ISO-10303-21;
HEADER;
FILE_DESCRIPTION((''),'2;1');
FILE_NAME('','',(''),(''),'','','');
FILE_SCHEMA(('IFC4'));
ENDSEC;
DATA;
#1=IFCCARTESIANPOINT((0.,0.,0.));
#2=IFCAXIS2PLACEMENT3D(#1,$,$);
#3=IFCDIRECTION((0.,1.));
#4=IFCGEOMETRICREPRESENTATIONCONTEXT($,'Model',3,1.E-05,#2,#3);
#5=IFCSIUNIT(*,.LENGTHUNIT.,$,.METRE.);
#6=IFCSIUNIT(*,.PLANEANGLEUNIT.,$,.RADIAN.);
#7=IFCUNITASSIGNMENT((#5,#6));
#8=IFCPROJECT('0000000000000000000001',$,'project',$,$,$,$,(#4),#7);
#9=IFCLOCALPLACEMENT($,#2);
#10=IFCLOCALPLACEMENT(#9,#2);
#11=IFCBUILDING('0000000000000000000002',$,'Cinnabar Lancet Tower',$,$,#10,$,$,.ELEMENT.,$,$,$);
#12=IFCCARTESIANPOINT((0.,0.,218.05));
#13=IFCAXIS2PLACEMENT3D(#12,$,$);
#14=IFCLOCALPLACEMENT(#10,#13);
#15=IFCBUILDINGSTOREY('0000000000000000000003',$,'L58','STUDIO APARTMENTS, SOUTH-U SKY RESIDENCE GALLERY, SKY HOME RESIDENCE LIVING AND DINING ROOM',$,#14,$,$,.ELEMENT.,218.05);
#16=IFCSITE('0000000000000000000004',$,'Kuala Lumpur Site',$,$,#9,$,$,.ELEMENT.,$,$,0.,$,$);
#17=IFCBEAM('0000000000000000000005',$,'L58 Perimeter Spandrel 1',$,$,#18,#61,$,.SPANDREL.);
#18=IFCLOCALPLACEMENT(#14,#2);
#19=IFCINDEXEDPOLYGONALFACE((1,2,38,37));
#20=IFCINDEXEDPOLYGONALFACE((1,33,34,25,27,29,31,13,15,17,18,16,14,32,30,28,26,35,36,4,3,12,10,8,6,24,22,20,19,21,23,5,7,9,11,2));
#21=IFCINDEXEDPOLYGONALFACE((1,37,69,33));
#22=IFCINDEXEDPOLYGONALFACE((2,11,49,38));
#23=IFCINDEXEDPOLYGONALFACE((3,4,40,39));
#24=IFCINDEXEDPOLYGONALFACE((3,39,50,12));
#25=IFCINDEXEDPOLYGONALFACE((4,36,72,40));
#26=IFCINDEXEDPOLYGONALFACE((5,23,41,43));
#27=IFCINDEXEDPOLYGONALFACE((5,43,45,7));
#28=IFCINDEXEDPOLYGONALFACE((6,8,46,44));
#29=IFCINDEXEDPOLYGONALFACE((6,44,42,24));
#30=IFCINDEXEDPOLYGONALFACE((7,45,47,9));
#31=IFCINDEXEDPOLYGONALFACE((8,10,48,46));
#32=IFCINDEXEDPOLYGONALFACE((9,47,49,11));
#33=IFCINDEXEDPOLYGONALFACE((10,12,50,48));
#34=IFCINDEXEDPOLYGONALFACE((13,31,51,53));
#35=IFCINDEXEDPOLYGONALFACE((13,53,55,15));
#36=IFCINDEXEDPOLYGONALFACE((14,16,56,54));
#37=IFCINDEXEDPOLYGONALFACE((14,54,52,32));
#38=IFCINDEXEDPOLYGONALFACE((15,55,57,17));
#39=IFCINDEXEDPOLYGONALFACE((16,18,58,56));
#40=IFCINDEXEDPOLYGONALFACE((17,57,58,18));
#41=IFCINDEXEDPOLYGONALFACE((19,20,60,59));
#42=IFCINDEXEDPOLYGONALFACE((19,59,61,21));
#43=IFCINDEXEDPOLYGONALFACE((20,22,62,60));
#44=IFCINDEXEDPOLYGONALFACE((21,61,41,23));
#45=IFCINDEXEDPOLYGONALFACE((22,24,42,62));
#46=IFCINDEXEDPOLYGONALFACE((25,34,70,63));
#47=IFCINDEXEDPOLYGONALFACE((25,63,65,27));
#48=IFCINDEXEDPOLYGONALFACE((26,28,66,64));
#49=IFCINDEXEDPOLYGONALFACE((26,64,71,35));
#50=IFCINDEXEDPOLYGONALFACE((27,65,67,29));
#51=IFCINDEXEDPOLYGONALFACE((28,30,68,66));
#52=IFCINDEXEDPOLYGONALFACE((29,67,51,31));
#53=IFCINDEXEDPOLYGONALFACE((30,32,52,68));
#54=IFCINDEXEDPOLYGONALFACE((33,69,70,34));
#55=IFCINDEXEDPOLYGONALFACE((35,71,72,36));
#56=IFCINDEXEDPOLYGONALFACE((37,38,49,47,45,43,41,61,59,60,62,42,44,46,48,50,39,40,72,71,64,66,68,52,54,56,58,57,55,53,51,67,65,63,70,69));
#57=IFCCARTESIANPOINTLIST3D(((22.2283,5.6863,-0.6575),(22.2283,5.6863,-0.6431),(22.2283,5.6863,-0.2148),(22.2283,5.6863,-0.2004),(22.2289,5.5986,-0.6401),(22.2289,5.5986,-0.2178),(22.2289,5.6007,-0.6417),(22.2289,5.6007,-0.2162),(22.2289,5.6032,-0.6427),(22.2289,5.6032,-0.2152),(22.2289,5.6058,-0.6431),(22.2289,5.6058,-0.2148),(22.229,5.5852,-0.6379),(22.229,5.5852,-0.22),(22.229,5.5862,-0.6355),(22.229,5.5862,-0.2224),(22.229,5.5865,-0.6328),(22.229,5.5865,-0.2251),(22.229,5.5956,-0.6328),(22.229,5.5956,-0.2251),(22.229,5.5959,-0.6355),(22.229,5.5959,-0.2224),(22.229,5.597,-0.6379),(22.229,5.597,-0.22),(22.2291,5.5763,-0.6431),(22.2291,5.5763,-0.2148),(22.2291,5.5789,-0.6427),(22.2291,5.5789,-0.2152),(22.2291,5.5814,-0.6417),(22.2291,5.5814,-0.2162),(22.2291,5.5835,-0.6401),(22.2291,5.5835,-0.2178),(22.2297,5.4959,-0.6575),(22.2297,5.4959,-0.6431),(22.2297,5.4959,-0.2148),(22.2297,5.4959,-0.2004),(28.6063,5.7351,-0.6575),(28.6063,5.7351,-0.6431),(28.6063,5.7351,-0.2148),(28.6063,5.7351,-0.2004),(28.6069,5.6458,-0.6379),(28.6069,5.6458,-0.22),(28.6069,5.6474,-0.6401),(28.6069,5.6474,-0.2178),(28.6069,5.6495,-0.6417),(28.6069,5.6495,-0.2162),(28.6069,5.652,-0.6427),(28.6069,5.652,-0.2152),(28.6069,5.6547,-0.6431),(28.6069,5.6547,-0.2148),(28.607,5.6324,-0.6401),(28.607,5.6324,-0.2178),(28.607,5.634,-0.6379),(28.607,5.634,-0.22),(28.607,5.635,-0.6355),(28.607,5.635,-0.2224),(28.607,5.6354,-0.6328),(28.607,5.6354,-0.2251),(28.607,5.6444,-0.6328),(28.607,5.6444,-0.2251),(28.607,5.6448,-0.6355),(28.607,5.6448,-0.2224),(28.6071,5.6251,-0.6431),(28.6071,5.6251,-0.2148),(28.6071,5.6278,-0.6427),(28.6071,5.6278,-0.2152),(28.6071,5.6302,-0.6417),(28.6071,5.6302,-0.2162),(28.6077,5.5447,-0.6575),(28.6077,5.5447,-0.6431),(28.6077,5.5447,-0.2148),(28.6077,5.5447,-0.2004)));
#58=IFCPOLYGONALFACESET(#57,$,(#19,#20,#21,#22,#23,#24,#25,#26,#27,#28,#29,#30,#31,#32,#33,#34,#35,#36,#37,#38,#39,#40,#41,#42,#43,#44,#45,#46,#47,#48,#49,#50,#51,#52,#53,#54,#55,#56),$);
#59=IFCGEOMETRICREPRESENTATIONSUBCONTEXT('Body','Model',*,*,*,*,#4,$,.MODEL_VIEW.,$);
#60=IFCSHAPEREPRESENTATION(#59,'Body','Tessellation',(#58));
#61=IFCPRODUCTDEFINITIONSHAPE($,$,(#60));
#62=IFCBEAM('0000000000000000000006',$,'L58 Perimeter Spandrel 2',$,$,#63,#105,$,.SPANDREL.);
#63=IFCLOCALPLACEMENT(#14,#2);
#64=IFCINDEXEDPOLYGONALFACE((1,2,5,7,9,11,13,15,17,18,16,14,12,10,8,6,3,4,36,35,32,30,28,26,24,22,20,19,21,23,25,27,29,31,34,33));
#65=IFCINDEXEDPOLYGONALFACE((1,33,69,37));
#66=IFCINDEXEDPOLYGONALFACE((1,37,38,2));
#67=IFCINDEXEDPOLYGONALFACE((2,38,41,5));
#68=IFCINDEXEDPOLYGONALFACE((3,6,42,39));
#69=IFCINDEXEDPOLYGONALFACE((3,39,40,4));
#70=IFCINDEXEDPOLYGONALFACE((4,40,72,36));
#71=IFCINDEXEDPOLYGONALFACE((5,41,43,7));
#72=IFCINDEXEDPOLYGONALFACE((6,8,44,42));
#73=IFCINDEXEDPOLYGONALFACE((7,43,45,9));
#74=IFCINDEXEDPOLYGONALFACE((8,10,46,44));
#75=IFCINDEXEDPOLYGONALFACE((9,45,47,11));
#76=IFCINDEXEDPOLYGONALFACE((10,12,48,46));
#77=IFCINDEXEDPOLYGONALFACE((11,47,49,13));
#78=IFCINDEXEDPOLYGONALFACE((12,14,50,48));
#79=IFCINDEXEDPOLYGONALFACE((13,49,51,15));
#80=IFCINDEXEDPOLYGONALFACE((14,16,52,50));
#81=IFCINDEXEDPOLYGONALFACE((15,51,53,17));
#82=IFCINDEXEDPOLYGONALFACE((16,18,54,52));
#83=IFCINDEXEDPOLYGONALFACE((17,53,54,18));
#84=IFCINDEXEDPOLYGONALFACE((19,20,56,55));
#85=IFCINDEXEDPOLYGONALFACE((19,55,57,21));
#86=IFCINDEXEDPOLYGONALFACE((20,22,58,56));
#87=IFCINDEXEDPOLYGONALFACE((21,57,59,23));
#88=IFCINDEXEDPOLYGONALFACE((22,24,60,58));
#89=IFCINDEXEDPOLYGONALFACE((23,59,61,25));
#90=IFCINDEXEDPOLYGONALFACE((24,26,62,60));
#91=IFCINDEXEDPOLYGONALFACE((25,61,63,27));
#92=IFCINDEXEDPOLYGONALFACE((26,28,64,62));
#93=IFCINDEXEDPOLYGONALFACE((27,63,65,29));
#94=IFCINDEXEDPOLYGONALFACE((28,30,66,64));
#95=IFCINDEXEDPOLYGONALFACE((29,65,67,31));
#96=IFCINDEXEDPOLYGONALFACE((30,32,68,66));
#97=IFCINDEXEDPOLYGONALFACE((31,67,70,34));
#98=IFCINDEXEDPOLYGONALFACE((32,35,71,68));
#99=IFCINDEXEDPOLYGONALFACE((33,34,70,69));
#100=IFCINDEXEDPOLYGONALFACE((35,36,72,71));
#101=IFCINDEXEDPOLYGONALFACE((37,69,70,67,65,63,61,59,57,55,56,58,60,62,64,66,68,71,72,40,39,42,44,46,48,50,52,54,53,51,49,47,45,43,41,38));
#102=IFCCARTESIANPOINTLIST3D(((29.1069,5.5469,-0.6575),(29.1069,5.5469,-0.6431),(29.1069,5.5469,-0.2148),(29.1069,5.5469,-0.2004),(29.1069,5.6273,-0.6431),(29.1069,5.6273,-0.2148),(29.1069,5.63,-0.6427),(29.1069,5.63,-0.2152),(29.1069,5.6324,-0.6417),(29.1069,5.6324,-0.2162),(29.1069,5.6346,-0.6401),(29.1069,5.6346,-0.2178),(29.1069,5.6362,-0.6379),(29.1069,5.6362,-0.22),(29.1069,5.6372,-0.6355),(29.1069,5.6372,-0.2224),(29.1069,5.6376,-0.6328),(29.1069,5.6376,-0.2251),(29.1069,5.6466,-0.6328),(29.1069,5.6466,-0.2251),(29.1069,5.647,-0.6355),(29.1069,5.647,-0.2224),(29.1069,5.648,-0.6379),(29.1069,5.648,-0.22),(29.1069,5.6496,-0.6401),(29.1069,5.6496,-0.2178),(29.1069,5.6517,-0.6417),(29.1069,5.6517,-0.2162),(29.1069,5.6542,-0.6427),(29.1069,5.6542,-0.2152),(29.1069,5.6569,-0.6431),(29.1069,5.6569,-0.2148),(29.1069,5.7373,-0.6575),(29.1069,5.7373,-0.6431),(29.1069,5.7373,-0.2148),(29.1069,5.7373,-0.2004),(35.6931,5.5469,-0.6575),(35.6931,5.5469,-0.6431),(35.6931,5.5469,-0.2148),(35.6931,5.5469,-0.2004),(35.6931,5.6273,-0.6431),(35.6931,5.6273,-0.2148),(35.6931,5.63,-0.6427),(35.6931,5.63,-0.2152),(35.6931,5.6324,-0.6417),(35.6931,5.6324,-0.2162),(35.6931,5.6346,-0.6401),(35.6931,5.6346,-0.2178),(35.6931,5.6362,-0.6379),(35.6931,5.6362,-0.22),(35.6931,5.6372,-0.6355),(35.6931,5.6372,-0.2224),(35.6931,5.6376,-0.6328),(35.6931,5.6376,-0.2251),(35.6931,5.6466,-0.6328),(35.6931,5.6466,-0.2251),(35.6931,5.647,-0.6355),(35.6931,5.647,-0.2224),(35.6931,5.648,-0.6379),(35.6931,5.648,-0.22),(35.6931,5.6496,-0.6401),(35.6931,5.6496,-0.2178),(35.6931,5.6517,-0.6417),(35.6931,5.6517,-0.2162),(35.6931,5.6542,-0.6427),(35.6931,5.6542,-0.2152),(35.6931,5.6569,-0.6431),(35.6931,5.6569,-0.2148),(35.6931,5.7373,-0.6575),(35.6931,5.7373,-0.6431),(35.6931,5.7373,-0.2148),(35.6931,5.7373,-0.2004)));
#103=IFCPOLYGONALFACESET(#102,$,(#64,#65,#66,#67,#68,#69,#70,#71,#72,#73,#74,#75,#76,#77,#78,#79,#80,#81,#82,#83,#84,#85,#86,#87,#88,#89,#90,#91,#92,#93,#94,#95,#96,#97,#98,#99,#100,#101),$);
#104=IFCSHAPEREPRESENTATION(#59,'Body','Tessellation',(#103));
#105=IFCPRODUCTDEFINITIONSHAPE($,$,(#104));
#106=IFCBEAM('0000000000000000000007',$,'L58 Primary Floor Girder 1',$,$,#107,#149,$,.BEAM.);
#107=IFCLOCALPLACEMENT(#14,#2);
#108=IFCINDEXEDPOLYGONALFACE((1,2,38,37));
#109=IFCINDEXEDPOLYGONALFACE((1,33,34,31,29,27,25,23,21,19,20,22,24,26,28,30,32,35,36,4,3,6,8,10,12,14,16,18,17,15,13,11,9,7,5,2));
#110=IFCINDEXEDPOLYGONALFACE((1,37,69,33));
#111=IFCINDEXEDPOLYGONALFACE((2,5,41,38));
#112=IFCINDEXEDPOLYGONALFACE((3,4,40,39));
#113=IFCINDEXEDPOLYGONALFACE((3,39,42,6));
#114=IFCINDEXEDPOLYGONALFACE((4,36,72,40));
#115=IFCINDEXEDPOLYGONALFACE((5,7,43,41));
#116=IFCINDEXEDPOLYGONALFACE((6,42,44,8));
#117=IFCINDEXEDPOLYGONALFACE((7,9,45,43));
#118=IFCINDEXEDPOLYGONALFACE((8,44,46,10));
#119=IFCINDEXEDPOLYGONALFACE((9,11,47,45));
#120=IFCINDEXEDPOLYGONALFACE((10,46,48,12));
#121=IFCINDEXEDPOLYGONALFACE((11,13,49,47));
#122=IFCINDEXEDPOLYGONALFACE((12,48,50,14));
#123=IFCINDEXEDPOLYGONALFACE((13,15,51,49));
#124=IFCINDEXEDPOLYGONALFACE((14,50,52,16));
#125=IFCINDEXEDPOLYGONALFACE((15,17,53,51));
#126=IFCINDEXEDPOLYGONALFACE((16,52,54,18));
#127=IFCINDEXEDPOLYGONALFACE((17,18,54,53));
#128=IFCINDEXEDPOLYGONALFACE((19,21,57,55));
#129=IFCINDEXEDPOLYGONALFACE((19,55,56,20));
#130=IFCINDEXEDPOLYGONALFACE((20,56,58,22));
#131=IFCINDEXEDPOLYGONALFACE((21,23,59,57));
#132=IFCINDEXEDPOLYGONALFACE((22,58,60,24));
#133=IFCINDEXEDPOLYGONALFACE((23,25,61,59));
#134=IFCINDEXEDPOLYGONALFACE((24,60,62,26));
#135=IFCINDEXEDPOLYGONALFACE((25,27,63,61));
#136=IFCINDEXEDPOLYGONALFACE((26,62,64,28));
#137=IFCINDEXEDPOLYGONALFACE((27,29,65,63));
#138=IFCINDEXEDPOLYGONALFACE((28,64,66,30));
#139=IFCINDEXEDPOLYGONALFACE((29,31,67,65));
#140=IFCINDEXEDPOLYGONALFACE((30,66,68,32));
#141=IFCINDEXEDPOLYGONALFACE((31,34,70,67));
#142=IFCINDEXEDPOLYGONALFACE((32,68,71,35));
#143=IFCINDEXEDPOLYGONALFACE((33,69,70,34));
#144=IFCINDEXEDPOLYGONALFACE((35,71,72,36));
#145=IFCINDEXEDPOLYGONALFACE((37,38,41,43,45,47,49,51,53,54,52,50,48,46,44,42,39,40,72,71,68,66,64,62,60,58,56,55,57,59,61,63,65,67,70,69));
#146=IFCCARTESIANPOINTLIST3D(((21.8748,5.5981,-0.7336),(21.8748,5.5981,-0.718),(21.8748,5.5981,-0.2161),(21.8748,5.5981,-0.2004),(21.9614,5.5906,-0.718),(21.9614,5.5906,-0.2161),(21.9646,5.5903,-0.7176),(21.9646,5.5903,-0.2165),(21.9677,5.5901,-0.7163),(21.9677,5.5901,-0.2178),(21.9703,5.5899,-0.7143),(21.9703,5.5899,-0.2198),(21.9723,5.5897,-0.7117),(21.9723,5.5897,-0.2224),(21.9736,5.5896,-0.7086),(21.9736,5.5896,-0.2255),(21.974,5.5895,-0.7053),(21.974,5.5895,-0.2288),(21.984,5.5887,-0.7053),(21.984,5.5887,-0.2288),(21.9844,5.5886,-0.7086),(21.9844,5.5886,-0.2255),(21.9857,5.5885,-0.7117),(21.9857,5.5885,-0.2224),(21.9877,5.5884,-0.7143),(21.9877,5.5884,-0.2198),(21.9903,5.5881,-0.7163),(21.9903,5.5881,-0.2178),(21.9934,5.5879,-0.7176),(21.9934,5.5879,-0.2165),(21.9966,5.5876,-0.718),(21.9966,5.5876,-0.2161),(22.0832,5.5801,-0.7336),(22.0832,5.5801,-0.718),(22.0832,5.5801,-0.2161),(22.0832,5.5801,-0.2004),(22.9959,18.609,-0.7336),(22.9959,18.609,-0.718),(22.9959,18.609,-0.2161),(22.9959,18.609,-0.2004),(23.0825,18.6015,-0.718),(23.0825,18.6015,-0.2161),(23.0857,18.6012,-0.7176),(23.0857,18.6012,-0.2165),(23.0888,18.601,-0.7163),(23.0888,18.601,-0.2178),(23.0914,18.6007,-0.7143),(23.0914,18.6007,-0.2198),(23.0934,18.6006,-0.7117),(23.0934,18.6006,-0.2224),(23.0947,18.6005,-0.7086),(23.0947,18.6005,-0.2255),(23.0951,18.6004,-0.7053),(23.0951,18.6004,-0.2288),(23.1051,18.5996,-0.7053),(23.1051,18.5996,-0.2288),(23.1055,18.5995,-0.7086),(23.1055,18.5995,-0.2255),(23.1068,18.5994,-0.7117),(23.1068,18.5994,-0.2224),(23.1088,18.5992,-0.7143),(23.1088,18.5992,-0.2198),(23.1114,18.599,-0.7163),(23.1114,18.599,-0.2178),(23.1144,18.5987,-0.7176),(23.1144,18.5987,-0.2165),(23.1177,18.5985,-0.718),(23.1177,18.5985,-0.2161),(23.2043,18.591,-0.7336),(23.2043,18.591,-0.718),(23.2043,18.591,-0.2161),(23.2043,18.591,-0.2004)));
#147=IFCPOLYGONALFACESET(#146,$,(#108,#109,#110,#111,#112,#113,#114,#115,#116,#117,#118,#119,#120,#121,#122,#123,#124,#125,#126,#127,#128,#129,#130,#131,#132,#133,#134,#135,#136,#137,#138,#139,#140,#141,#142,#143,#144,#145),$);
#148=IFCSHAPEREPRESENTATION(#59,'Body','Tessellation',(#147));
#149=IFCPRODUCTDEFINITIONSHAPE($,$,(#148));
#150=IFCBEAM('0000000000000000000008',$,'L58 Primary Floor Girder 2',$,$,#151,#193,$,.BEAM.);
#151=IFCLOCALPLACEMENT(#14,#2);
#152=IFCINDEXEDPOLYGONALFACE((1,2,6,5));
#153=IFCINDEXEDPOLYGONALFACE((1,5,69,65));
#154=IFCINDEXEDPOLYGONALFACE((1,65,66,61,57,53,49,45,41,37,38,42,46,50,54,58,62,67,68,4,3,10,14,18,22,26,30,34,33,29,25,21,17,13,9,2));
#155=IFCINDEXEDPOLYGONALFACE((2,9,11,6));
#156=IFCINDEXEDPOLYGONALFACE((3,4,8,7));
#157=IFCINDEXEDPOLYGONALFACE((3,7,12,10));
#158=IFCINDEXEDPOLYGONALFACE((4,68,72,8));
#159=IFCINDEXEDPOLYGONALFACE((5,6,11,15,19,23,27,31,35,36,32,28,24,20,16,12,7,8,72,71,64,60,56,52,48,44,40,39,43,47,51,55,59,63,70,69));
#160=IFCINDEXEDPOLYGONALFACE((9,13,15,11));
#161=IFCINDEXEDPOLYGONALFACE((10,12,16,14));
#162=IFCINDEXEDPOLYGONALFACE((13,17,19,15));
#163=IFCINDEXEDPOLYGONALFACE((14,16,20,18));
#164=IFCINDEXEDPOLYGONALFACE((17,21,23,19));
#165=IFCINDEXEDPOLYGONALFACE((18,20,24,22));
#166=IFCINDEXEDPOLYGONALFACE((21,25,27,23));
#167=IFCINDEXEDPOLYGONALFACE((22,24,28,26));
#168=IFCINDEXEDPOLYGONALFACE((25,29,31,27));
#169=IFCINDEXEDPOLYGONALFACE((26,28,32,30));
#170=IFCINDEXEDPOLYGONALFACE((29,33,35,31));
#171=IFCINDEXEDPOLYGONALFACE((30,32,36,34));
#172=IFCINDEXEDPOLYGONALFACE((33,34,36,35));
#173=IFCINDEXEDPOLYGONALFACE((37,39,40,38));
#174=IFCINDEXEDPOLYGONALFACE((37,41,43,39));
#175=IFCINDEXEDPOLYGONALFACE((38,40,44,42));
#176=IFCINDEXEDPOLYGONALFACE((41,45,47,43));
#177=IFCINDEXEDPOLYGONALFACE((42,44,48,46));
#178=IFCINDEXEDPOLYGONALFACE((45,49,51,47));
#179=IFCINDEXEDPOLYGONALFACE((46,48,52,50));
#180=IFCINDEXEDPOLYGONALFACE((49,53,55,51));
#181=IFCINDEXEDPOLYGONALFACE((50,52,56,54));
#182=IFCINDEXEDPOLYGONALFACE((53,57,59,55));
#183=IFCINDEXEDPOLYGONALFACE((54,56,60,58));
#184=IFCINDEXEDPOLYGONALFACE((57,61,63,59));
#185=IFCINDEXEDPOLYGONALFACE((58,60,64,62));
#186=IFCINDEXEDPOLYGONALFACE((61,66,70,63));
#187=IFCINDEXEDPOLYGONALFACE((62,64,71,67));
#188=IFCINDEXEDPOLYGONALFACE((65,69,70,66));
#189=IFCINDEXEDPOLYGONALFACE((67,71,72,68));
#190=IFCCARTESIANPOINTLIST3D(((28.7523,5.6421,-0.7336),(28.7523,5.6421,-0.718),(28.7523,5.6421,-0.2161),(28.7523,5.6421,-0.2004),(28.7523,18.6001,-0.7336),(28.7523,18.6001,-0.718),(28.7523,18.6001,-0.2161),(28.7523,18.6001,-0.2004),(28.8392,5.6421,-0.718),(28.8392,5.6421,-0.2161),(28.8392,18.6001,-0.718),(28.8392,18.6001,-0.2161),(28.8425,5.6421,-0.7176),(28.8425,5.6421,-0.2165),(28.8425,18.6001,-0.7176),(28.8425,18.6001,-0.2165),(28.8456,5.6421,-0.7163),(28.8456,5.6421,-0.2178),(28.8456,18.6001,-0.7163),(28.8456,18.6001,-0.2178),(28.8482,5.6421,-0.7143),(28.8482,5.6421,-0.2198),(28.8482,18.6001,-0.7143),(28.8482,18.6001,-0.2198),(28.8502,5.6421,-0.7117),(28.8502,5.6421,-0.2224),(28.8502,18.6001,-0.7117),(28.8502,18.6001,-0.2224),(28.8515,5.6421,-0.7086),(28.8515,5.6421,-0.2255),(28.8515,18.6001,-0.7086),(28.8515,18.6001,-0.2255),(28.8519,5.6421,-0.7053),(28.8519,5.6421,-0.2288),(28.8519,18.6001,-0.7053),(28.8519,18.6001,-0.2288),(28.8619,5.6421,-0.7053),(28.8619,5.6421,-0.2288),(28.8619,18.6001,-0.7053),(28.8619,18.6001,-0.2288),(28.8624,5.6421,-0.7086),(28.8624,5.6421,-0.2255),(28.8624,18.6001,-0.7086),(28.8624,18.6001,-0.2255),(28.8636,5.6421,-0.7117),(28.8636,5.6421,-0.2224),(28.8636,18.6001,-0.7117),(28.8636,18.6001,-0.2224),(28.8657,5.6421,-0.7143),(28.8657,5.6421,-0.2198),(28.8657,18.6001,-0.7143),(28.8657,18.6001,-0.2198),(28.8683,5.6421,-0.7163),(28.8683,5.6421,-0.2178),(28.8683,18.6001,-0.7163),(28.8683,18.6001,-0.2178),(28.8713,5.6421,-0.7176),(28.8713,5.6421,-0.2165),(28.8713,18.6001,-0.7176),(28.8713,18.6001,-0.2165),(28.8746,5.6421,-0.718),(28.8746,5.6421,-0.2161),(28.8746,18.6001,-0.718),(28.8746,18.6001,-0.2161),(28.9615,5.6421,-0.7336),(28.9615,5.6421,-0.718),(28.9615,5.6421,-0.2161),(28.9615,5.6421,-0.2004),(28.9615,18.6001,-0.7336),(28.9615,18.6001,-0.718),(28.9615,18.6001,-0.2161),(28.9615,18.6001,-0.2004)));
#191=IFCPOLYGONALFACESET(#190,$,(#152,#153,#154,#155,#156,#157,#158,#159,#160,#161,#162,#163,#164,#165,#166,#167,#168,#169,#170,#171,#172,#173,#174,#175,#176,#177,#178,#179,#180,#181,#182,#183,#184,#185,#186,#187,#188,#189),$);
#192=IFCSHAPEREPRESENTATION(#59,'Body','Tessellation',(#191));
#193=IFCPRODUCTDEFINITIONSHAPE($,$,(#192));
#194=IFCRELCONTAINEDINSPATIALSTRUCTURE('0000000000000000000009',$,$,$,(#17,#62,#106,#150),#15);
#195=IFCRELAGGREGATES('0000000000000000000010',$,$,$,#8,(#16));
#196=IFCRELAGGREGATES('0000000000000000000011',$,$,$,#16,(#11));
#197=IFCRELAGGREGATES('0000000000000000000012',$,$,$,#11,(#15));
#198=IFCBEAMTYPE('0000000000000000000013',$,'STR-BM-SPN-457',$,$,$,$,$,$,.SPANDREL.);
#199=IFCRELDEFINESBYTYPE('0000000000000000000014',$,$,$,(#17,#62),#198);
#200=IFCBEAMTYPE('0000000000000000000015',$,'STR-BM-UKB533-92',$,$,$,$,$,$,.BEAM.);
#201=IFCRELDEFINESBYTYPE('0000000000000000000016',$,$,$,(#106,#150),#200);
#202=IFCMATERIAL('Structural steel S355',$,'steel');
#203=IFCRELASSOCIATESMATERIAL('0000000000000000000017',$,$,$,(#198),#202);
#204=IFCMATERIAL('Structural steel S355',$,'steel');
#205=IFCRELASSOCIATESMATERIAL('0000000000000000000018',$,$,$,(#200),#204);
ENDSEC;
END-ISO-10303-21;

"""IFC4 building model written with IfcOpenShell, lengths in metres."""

from ifc_helpers import new_model, si_unit, direction, frame, origin, origin_2d, place, context, subcontext, project, spatial, i_section, extrude, material, material_profile, profile_set, type_object, element, save


model = new_model("IFC4")

# Units and contexts
model_context = context("Model", 3, precision=1e-05, world=origin(), true_north=direction((0.0, 1.0)))
body_context = subcontext(model_context, "Body", "Model", "MODEL_VIEW")
ifc_project = project(units=[si_unit("LENGTHUNIT", "METRE"), si_unit("PLANEANGLEUNIT", "RADIAN")], contexts=[model_context])

# Site, building, storey
site_placement = place(None, origin())
site = spatial("IfcSite", under=ifc_project, at=site_placement, Name="Kuala Lumpur Site", CompositionType="ELEMENT", RefElevation=0.0)
building_placement = place(site_placement, origin())
building = spatial("IfcBuilding", under=site, at=building_placement, Name="Cinnabar Lancet Tower", CompositionType="ELEMENT")
storey_placement = place(building_placement, frame((0.0, 0.0, 218.05)))
storey = spatial("IfcBuildingStorey", under=building, at=storey_placement, Name="L58", Description="STUDIO APARTMENTS, SOUTH-U SKY RESIDENCE GALLERY, SKY HOME RESIDENCE LIVING AND DINING ROOM", CompositionType="ELEMENT", Elevation=218.05)

# Beams
ifc_material_1 = material(Name="Structural steel S355", Category="steel")
ifc_material_profile_1 = material_profile(ifc_material_1, i_section(OverallWidth=0.1904, OverallDepth=0.457, WebThickness=0.009, FlangeThickness=0.0144, FilletRadius=0.0103, at=origin_2d()), Name="UKB 457x191x74")
ifc_profile_set_1 = profile_set([ifc_material_profile_1], Name="Structural steel S355")
beam_type_1 = type_object("IfcBeamType", Name="STR-BM-SPN-457", PredefinedType="SPANDREL", material=ifc_profile_set_1)
beam_1_placement = place(storey_placement, frame((22.229, 5.5911, -0.429), z_axis=(0.999971, 0.007656, 0.0), x_axis=(-0.007656, 0.999971, 0.0)))
element("IfcBeam", 1, at=beam_1_placement, inside=storey, type_object=beam_type_1, Name="L58 Perimeter Spandrel 1", PredefinedType="SPANDREL", context=body_context, shape_type="SweptSolid", body=[
    extrude(i_section(OverallWidth=0.1904, OverallDepth=0.457, WebThickness=0.009, FlangeThickness=0.0144, FilletRadius=0.0103, at=origin_2d()), origin(), (0.0, 0.0, 1.0), 6.3782),
])
beam_2_placement = place(storey_placement, frame((29.1069, 5.6421, -0.429), z_axis=(1.0, 0.0, 0.0), x_axis=(0.0, 1.0, 0.0)))
element("IfcBeam", 2, at=beam_2_placement, inside=storey, type_object=beam_type_1, Name="L58 Perimeter Spandrel 2", PredefinedType="SPANDREL", context=body_context, shape_type="SweptSolid", body=[
    extrude(i_section(OverallWidth=0.1904, OverallDepth=0.457, WebThickness=0.009, FlangeThickness=0.0144, FilletRadius=0.0103, at=origin_2d()), origin(), (0.0, 0.0, 1.0), 6.5862),
])
ifc_material_2 = material(Name="Structural steel S355", Category="steel")
ifc_material_profile_2 = material_profile(ifc_material_2, i_section(OverallWidth=0.2092, OverallDepth=0.5332, WebThickness=0.01, FlangeThickness=0.0156, FilletRadius=0.0127, at=origin_2d()), Name="UKB 533x210x92")
ifc_profile_set_2 = profile_set([ifc_material_profile_2], Name="Structural steel S355")
beam_type_2 = type_object("IfcBeamType", Name="STR-BM-UKB533-92", PredefinedType="BEAM", material=ifc_profile_set_2)
beam_3_placement = place(storey_placement, frame((21.979, 5.5891, -0.467), z_axis=(0.085847, 0.996308, 0.0), x_axis=(-0.996308, 0.085847, 0.0)))
element("IfcBeam", 3, at=beam_3_placement, inside=storey, type_object=beam_type_2, Name="L58 Primary Floor Girder 1", PredefinedType="BEAM", context=body_context, shape_type="SweptSolid", body=[
    extrude(i_section(OverallWidth=0.2092, OverallDepth=0.5332, WebThickness=0.01, FlangeThickness=0.0156, FilletRadius=0.0127, at=origin_2d()), origin(), (0.0, 0.0, 1.0), 13.0591),
])
beam_4_placement = place(storey_placement, frame((28.8569, 5.6421, -0.467), z_axis=(0.0, 1.0, 0.0), x_axis=(-1.0, 0.0, 0.0)))
element("IfcBeam", 4, at=beam_4_placement, inside=storey, type_object=beam_type_2, Name="L58 Primary Floor Girder 2", PredefinedType="BEAM", context=body_context, shape_type="SweptSolid", body=[
    extrude(i_section(OverallWidth=0.2092, OverallDepth=0.5332, WebThickness=0.01, FlangeThickness=0.0156, FilletRadius=0.0127, at=origin_2d()), origin(), (0.0, 0.0, 1.0), 12.958),
])

save(model, "model.ifc")
